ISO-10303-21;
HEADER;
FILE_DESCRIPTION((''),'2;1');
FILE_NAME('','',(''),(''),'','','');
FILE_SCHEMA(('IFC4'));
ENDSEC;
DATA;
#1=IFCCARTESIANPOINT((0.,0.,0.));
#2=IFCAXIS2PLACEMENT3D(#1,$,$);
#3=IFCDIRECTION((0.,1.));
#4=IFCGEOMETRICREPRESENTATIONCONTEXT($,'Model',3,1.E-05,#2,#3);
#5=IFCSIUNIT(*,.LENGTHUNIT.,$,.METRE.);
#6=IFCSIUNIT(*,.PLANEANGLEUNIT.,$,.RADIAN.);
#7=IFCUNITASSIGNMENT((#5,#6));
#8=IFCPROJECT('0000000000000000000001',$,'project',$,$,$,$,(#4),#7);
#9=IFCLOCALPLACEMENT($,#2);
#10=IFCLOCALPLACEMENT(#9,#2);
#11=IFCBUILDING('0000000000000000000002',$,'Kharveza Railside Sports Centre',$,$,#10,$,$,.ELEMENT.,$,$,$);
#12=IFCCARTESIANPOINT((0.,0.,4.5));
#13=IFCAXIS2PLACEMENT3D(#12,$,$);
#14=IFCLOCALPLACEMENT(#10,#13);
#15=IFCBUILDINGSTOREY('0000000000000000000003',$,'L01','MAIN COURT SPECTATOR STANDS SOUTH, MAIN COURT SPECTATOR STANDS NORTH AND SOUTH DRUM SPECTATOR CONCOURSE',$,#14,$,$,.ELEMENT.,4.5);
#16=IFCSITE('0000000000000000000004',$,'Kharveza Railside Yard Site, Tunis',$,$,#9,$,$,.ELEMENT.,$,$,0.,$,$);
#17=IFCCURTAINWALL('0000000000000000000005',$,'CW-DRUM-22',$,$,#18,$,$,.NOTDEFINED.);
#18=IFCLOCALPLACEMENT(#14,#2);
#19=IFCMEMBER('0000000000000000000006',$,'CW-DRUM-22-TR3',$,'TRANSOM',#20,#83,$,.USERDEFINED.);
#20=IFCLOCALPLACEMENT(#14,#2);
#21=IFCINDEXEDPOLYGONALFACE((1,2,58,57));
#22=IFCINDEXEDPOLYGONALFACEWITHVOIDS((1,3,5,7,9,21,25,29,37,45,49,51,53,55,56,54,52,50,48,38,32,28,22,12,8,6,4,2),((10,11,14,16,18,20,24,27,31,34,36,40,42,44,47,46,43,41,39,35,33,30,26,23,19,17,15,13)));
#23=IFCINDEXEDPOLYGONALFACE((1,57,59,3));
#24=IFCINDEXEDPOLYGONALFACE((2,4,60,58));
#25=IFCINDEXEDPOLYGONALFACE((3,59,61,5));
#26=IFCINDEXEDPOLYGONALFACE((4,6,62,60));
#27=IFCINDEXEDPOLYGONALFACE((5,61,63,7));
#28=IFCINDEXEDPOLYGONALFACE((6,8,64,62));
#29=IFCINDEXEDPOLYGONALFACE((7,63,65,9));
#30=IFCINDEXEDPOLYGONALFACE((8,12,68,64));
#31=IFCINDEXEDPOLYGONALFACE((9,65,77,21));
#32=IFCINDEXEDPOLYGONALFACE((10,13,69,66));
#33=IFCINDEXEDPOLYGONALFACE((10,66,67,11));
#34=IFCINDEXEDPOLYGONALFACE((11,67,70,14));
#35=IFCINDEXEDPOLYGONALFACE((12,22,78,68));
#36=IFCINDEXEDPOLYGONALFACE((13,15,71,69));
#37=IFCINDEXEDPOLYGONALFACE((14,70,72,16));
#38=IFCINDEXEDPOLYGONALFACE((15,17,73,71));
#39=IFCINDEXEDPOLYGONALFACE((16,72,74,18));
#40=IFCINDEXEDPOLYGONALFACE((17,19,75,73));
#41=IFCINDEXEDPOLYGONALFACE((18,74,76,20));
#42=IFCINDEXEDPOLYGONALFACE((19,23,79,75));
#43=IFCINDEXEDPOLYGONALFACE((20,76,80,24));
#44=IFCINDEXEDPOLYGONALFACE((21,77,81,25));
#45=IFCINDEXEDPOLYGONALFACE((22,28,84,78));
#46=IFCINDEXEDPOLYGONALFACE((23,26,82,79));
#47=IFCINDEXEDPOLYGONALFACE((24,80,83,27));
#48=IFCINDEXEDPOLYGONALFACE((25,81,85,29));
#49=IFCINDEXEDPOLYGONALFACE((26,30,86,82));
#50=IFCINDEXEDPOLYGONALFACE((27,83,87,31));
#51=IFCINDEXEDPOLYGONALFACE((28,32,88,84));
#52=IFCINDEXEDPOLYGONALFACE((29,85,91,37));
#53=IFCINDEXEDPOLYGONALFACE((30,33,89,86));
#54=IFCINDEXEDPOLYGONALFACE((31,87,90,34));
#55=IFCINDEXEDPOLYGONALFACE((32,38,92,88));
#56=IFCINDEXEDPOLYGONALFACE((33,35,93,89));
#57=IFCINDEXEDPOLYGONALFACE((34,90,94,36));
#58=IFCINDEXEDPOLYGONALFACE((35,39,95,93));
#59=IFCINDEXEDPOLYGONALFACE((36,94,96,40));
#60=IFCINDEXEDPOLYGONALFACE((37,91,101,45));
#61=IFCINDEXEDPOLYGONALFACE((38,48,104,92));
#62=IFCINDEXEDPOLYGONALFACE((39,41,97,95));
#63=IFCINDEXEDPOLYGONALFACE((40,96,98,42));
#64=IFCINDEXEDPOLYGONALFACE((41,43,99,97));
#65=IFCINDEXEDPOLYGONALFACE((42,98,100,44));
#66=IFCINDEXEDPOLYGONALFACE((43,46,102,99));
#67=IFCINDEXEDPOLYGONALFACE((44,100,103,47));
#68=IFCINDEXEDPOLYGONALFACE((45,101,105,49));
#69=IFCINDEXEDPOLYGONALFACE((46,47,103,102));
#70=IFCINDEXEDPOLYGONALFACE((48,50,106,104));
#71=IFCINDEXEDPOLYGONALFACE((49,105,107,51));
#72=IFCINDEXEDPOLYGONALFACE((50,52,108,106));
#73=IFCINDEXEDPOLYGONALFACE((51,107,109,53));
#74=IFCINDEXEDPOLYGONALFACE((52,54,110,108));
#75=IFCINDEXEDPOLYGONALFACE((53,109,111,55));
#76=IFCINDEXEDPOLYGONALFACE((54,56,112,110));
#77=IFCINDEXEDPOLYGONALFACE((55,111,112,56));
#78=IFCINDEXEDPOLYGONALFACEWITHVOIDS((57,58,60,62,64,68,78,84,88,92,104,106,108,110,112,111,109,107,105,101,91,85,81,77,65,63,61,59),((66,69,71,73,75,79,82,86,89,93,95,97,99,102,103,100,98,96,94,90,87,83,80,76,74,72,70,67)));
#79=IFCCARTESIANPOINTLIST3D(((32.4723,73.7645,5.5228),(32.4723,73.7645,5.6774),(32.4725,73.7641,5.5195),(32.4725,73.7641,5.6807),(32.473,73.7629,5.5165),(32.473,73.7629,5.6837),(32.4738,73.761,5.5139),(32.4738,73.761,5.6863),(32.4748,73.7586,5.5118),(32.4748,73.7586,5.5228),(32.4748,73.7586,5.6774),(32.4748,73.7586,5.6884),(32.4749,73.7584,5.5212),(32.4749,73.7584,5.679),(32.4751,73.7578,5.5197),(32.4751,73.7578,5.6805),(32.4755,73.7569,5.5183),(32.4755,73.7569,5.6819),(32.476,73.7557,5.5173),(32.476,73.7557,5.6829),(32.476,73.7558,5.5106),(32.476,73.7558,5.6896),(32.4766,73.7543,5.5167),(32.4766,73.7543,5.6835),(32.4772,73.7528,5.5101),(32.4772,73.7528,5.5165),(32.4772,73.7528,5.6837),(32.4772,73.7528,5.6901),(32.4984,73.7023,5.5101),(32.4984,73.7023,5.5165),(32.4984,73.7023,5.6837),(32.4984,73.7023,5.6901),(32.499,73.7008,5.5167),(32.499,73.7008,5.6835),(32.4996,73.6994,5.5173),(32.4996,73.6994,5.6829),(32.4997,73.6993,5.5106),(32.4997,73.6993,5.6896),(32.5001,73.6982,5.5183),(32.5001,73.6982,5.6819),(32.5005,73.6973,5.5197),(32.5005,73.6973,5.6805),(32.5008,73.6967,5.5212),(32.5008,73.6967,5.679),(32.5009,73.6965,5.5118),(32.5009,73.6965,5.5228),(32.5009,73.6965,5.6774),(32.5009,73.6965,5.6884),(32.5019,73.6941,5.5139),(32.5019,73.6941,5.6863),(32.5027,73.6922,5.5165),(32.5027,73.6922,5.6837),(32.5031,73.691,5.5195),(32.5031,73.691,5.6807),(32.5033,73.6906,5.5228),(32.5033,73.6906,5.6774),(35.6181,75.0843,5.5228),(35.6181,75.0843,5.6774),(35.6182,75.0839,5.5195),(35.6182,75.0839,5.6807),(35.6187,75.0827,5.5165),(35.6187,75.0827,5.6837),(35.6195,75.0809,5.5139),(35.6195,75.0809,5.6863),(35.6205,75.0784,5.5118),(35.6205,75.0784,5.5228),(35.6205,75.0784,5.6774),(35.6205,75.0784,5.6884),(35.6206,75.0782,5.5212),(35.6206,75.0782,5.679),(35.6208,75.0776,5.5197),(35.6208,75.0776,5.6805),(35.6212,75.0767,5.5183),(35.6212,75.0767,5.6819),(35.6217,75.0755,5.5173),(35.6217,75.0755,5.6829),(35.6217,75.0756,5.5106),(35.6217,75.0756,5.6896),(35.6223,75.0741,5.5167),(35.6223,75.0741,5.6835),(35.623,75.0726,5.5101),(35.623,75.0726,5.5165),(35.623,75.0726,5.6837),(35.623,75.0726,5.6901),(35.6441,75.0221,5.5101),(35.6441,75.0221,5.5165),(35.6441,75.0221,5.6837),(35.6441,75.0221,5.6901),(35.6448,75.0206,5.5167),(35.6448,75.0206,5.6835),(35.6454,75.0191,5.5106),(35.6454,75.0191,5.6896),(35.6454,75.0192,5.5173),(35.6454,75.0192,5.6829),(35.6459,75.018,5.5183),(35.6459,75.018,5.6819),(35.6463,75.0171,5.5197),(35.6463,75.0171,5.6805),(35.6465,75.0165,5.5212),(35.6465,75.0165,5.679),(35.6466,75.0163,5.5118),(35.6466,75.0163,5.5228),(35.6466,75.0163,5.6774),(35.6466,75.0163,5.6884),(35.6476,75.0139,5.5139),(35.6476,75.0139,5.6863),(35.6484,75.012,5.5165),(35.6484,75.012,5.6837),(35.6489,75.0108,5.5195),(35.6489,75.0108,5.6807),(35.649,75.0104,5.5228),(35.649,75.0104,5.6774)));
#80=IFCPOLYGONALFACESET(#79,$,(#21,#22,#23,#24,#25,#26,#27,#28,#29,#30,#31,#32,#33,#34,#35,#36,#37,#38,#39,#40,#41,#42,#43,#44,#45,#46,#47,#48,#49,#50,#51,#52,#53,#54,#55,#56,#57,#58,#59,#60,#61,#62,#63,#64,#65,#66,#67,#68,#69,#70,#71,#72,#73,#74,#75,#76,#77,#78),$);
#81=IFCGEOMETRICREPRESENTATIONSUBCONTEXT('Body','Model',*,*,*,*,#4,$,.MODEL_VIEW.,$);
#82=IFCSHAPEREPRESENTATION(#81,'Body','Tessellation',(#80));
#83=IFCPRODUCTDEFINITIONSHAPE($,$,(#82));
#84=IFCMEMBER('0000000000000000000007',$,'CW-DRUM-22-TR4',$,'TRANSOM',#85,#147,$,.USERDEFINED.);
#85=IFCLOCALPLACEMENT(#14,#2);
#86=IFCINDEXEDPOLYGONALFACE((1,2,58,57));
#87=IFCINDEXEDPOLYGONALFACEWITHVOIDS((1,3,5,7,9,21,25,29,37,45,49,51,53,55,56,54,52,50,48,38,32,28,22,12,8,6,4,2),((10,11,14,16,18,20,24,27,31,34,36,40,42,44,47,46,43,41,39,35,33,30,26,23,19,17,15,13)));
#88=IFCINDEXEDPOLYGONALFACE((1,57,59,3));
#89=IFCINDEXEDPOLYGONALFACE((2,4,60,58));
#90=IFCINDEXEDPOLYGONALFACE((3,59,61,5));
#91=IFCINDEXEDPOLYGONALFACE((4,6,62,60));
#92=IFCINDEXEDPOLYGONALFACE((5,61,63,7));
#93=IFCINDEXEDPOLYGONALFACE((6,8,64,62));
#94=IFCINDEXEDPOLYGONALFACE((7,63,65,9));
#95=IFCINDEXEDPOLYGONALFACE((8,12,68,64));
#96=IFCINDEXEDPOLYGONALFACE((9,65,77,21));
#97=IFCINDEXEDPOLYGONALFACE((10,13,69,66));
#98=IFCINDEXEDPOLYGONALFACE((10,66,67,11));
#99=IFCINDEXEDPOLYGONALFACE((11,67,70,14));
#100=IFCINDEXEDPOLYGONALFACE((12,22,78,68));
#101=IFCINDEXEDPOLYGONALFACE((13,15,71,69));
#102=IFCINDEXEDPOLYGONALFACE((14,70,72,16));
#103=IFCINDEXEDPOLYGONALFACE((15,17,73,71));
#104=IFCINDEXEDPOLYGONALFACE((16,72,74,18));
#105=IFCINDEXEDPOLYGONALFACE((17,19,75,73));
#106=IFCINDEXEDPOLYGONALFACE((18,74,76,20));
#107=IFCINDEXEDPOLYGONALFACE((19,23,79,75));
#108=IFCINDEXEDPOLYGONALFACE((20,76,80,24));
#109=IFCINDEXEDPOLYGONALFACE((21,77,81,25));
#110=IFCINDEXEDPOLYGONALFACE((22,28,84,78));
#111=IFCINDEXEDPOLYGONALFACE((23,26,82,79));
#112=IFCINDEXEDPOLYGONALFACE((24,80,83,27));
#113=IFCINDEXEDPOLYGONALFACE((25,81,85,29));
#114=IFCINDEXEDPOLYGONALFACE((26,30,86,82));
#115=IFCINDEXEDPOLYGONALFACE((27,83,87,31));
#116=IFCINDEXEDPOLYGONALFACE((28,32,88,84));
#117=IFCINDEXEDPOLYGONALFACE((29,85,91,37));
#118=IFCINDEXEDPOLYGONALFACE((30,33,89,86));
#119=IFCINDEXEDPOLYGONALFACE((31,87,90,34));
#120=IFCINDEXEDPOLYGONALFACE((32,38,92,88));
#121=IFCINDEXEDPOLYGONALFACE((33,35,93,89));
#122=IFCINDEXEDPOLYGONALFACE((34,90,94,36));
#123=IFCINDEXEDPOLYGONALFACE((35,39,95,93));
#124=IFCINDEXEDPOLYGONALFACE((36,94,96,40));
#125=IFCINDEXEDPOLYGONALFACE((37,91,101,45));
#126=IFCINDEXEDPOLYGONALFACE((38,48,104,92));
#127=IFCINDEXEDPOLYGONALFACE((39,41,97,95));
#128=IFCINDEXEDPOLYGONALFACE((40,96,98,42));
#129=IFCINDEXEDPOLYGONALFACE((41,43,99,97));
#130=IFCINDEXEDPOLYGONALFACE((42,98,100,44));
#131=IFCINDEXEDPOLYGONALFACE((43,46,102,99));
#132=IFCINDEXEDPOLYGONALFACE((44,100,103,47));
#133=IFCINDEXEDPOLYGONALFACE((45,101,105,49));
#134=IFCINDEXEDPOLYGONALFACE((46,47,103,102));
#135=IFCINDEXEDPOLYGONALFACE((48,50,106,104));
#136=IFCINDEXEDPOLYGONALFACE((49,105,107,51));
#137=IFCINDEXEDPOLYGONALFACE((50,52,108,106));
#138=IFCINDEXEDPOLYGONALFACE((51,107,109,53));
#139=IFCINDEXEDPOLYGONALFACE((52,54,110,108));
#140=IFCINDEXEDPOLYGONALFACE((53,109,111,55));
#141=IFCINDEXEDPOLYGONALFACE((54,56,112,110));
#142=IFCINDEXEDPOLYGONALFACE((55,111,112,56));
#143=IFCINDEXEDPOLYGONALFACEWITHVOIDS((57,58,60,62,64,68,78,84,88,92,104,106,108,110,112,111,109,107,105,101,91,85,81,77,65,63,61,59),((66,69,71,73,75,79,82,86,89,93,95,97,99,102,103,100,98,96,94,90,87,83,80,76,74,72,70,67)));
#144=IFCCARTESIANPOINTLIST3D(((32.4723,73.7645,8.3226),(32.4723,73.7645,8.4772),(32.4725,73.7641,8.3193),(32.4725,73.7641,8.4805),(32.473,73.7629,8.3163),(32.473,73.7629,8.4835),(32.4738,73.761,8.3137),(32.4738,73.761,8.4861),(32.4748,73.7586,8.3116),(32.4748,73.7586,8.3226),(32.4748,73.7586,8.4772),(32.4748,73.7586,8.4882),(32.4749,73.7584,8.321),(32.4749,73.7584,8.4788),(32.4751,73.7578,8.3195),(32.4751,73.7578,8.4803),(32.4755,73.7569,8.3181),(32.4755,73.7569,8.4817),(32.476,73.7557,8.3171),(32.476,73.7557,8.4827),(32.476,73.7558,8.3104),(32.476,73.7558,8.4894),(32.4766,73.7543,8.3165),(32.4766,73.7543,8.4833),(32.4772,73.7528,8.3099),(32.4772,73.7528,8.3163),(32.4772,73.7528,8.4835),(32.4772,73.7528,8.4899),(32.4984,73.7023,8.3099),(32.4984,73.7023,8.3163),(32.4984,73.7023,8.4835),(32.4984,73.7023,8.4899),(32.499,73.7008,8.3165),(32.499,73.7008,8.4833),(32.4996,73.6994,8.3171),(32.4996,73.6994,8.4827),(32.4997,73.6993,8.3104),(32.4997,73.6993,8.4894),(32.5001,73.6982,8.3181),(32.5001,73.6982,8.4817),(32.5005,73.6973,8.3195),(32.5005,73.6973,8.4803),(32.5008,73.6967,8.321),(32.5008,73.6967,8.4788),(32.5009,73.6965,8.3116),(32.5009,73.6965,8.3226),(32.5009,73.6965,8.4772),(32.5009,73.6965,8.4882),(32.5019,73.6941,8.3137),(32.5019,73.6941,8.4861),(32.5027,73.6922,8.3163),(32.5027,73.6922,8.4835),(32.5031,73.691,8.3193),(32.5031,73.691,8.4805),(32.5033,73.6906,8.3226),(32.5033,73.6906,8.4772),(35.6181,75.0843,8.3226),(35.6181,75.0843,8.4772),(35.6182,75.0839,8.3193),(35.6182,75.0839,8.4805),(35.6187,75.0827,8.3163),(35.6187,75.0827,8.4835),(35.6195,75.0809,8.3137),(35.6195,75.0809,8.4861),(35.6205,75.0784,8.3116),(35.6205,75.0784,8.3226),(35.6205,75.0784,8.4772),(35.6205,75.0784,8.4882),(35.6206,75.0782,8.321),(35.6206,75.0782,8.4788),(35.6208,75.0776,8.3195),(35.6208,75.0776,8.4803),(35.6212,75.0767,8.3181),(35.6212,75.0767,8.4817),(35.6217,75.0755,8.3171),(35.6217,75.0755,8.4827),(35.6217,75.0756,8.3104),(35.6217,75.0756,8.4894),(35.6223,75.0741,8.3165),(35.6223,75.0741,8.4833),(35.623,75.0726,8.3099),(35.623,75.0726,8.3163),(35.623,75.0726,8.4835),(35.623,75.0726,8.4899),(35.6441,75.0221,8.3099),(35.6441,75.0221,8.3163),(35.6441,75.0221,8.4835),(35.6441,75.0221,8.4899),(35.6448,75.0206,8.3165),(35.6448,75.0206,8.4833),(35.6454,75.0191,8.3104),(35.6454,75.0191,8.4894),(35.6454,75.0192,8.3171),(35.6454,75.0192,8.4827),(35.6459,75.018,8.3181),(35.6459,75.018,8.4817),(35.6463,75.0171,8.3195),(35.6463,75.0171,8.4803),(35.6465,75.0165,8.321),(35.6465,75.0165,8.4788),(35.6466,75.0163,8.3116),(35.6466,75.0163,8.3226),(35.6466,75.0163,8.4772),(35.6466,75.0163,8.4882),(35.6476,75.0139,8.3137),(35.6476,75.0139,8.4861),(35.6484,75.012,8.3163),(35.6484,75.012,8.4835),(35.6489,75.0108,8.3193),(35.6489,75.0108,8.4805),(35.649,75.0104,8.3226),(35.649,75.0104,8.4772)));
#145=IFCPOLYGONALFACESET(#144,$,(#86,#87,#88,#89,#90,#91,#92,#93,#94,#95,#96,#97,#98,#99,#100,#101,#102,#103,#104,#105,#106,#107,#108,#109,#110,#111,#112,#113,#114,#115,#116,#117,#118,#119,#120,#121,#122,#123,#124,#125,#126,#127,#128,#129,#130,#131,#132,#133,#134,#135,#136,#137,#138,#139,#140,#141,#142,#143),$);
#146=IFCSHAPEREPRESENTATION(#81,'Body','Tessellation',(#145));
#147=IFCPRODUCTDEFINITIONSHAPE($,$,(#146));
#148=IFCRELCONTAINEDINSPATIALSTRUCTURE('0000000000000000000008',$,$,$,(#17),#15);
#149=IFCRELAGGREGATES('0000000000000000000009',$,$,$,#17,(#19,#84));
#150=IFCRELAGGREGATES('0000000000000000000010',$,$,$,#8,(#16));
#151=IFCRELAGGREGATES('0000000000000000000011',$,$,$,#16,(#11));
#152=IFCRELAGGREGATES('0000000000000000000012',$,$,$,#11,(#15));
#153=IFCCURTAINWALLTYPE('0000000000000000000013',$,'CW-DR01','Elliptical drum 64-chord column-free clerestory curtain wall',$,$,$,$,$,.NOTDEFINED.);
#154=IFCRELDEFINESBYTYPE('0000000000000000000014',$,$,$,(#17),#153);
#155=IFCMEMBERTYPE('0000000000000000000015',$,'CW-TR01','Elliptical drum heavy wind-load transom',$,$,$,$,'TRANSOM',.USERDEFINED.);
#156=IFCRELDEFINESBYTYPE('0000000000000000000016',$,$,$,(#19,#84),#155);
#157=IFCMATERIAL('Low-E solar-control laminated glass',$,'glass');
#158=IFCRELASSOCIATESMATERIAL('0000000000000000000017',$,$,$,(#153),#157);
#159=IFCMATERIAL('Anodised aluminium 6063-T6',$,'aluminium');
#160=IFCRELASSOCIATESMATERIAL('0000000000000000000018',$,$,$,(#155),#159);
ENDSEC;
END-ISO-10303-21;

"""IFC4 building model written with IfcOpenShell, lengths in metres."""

from ifc_helpers import new_model, si_unit, direction, frame, origin, origin_2d, place, context, subcontext, project, spatial, hollow_rectangle, extrude, material, material_profile, profile_set, type_object, element, aggregate, save


model = new_model("IFC4")

# Units and contexts
model_context = context("Model", 3, precision=1e-05, world=origin(), true_north=direction((0.0, 1.0)))
body_context = subcontext(model_context, "Body", "Model", "MODEL_VIEW")
ifc_project = project(units=[si_unit("LENGTHUNIT", "METRE"), si_unit("PLANEANGLEUNIT", "RADIAN")], contexts=[model_context])

# Site, building, storey
site_placement = place(None, origin())
site = spatial("IfcSite", under=ifc_project, at=site_placement, Name="Kharveza Railside Yard Site, Tunis", CompositionType="ELEMENT", RefElevation=0.0)
building_placement = place(site_placement, origin())
building = spatial("IfcBuilding", under=site, at=building_placement, Name="Kharveza Railside Sports Centre", CompositionType="ELEMENT")
storey_placement = place(building_placement, frame((0.0, 0.0, 4.5)))
storey = spatial("IfcBuildingStorey", under=building, at=storey_placement, Name="L01", Description="MAIN COURT SPECTATOR STANDS SOUTH, MAIN COURT SPECTATOR STANDS NORTH AND SOUTH DRUM SPECTATOR CONCOURSE", CompositionType="ELEMENT", Elevation=4.5)

# Curtain wall, members
ifc_material_1 = material(Name="Low-E solar-control laminated glass", Category="glass")
curtain_wall_type = type_object("IfcCurtainWallType", Name="CW-DR01", Description="Elliptical drum 64-chord column-free clerestory curtain wall", PredefinedType="NOTDEFINED", material=ifc_material_1)
ifc_material_2 = material(Name="Anodised aluminium 6063-T6", Category="aluminium")
curtain_wall_1_placement = place(storey_placement, origin())
curtain_wall_1 = element("IfcCurtainWall", 1, at=curtain_wall_1_placement, inside=storey, type_object=curtain_wall_type, Name="CW-DRUM-22", PredefinedType="NOTDEFINED")
ifc_material_profile_1 = material_profile(ifc_material_2, hollow_rectangle(XDim=0.0801, YDim=0.1799, WallThickness=0.0063, InnerFilletRadius=0.0063, OuterFilletRadius=0.0127, at=origin_2d()), Name="RHS 80x180x6.3")
ifc_profile_set_1 = profile_set([ifc_material_profile_1], Name="Anodised aluminium 6063-T6")
member_type_1 = type_object("IfcMemberType", Name="CW-TR01", Description="Elliptical drum heavy wind-load transom", ElementType="TRANSOM", PredefinedType="USERDEFINED", material=ifc_profile_set_1)
member_1_placement = place(storey_placement, frame((35.6335, 75.0474, 5.6001), z_axis=(-0.922128, -0.386886, 0.0), x_axis=(0.386886, -0.922128, 0.0)))
member_1 = element("IfcMember", 2, at=member_1_placement, type_object=member_type_1, Name="CW-DRUM-22-TR3", ObjectType="TRANSOM", PredefinedType="USERDEFINED", context=body_context, shape_type="SweptSolid", body=[
    extrude(hollow_rectangle(XDim=0.0801, YDim=0.1799, WallThickness=0.0063, InnerFilletRadius=0.0063, OuterFilletRadius=0.0127, at=origin_2d()), origin(), (0.0, 0.0, 1.0), 3.4114),
])
member_2_placement = place(storey_placement, frame((35.6335, 75.0474, 8.3999), z_axis=(-0.922128, -0.386886, 0.0), x_axis=(0.386886, -0.922128, 0.0)))
member_2 = element("IfcMember", 3, at=member_2_placement, type_object=member_type_1, Name="CW-DRUM-22-TR4", ObjectType="TRANSOM", PredefinedType="USERDEFINED", context=body_context, shape_type="SweptSolid", body=[
    extrude(hollow_rectangle(XDim=0.0801, YDim=0.1799, WallThickness=0.0063, InnerFilletRadius=0.0063, OuterFilletRadius=0.0127, at=origin_2d()), origin(), (0.0, 0.0, 1.0), 3.4114),
])

aggregate(curtain_wall_1, [member_1, member_2])

save(model, "model.ifc")
